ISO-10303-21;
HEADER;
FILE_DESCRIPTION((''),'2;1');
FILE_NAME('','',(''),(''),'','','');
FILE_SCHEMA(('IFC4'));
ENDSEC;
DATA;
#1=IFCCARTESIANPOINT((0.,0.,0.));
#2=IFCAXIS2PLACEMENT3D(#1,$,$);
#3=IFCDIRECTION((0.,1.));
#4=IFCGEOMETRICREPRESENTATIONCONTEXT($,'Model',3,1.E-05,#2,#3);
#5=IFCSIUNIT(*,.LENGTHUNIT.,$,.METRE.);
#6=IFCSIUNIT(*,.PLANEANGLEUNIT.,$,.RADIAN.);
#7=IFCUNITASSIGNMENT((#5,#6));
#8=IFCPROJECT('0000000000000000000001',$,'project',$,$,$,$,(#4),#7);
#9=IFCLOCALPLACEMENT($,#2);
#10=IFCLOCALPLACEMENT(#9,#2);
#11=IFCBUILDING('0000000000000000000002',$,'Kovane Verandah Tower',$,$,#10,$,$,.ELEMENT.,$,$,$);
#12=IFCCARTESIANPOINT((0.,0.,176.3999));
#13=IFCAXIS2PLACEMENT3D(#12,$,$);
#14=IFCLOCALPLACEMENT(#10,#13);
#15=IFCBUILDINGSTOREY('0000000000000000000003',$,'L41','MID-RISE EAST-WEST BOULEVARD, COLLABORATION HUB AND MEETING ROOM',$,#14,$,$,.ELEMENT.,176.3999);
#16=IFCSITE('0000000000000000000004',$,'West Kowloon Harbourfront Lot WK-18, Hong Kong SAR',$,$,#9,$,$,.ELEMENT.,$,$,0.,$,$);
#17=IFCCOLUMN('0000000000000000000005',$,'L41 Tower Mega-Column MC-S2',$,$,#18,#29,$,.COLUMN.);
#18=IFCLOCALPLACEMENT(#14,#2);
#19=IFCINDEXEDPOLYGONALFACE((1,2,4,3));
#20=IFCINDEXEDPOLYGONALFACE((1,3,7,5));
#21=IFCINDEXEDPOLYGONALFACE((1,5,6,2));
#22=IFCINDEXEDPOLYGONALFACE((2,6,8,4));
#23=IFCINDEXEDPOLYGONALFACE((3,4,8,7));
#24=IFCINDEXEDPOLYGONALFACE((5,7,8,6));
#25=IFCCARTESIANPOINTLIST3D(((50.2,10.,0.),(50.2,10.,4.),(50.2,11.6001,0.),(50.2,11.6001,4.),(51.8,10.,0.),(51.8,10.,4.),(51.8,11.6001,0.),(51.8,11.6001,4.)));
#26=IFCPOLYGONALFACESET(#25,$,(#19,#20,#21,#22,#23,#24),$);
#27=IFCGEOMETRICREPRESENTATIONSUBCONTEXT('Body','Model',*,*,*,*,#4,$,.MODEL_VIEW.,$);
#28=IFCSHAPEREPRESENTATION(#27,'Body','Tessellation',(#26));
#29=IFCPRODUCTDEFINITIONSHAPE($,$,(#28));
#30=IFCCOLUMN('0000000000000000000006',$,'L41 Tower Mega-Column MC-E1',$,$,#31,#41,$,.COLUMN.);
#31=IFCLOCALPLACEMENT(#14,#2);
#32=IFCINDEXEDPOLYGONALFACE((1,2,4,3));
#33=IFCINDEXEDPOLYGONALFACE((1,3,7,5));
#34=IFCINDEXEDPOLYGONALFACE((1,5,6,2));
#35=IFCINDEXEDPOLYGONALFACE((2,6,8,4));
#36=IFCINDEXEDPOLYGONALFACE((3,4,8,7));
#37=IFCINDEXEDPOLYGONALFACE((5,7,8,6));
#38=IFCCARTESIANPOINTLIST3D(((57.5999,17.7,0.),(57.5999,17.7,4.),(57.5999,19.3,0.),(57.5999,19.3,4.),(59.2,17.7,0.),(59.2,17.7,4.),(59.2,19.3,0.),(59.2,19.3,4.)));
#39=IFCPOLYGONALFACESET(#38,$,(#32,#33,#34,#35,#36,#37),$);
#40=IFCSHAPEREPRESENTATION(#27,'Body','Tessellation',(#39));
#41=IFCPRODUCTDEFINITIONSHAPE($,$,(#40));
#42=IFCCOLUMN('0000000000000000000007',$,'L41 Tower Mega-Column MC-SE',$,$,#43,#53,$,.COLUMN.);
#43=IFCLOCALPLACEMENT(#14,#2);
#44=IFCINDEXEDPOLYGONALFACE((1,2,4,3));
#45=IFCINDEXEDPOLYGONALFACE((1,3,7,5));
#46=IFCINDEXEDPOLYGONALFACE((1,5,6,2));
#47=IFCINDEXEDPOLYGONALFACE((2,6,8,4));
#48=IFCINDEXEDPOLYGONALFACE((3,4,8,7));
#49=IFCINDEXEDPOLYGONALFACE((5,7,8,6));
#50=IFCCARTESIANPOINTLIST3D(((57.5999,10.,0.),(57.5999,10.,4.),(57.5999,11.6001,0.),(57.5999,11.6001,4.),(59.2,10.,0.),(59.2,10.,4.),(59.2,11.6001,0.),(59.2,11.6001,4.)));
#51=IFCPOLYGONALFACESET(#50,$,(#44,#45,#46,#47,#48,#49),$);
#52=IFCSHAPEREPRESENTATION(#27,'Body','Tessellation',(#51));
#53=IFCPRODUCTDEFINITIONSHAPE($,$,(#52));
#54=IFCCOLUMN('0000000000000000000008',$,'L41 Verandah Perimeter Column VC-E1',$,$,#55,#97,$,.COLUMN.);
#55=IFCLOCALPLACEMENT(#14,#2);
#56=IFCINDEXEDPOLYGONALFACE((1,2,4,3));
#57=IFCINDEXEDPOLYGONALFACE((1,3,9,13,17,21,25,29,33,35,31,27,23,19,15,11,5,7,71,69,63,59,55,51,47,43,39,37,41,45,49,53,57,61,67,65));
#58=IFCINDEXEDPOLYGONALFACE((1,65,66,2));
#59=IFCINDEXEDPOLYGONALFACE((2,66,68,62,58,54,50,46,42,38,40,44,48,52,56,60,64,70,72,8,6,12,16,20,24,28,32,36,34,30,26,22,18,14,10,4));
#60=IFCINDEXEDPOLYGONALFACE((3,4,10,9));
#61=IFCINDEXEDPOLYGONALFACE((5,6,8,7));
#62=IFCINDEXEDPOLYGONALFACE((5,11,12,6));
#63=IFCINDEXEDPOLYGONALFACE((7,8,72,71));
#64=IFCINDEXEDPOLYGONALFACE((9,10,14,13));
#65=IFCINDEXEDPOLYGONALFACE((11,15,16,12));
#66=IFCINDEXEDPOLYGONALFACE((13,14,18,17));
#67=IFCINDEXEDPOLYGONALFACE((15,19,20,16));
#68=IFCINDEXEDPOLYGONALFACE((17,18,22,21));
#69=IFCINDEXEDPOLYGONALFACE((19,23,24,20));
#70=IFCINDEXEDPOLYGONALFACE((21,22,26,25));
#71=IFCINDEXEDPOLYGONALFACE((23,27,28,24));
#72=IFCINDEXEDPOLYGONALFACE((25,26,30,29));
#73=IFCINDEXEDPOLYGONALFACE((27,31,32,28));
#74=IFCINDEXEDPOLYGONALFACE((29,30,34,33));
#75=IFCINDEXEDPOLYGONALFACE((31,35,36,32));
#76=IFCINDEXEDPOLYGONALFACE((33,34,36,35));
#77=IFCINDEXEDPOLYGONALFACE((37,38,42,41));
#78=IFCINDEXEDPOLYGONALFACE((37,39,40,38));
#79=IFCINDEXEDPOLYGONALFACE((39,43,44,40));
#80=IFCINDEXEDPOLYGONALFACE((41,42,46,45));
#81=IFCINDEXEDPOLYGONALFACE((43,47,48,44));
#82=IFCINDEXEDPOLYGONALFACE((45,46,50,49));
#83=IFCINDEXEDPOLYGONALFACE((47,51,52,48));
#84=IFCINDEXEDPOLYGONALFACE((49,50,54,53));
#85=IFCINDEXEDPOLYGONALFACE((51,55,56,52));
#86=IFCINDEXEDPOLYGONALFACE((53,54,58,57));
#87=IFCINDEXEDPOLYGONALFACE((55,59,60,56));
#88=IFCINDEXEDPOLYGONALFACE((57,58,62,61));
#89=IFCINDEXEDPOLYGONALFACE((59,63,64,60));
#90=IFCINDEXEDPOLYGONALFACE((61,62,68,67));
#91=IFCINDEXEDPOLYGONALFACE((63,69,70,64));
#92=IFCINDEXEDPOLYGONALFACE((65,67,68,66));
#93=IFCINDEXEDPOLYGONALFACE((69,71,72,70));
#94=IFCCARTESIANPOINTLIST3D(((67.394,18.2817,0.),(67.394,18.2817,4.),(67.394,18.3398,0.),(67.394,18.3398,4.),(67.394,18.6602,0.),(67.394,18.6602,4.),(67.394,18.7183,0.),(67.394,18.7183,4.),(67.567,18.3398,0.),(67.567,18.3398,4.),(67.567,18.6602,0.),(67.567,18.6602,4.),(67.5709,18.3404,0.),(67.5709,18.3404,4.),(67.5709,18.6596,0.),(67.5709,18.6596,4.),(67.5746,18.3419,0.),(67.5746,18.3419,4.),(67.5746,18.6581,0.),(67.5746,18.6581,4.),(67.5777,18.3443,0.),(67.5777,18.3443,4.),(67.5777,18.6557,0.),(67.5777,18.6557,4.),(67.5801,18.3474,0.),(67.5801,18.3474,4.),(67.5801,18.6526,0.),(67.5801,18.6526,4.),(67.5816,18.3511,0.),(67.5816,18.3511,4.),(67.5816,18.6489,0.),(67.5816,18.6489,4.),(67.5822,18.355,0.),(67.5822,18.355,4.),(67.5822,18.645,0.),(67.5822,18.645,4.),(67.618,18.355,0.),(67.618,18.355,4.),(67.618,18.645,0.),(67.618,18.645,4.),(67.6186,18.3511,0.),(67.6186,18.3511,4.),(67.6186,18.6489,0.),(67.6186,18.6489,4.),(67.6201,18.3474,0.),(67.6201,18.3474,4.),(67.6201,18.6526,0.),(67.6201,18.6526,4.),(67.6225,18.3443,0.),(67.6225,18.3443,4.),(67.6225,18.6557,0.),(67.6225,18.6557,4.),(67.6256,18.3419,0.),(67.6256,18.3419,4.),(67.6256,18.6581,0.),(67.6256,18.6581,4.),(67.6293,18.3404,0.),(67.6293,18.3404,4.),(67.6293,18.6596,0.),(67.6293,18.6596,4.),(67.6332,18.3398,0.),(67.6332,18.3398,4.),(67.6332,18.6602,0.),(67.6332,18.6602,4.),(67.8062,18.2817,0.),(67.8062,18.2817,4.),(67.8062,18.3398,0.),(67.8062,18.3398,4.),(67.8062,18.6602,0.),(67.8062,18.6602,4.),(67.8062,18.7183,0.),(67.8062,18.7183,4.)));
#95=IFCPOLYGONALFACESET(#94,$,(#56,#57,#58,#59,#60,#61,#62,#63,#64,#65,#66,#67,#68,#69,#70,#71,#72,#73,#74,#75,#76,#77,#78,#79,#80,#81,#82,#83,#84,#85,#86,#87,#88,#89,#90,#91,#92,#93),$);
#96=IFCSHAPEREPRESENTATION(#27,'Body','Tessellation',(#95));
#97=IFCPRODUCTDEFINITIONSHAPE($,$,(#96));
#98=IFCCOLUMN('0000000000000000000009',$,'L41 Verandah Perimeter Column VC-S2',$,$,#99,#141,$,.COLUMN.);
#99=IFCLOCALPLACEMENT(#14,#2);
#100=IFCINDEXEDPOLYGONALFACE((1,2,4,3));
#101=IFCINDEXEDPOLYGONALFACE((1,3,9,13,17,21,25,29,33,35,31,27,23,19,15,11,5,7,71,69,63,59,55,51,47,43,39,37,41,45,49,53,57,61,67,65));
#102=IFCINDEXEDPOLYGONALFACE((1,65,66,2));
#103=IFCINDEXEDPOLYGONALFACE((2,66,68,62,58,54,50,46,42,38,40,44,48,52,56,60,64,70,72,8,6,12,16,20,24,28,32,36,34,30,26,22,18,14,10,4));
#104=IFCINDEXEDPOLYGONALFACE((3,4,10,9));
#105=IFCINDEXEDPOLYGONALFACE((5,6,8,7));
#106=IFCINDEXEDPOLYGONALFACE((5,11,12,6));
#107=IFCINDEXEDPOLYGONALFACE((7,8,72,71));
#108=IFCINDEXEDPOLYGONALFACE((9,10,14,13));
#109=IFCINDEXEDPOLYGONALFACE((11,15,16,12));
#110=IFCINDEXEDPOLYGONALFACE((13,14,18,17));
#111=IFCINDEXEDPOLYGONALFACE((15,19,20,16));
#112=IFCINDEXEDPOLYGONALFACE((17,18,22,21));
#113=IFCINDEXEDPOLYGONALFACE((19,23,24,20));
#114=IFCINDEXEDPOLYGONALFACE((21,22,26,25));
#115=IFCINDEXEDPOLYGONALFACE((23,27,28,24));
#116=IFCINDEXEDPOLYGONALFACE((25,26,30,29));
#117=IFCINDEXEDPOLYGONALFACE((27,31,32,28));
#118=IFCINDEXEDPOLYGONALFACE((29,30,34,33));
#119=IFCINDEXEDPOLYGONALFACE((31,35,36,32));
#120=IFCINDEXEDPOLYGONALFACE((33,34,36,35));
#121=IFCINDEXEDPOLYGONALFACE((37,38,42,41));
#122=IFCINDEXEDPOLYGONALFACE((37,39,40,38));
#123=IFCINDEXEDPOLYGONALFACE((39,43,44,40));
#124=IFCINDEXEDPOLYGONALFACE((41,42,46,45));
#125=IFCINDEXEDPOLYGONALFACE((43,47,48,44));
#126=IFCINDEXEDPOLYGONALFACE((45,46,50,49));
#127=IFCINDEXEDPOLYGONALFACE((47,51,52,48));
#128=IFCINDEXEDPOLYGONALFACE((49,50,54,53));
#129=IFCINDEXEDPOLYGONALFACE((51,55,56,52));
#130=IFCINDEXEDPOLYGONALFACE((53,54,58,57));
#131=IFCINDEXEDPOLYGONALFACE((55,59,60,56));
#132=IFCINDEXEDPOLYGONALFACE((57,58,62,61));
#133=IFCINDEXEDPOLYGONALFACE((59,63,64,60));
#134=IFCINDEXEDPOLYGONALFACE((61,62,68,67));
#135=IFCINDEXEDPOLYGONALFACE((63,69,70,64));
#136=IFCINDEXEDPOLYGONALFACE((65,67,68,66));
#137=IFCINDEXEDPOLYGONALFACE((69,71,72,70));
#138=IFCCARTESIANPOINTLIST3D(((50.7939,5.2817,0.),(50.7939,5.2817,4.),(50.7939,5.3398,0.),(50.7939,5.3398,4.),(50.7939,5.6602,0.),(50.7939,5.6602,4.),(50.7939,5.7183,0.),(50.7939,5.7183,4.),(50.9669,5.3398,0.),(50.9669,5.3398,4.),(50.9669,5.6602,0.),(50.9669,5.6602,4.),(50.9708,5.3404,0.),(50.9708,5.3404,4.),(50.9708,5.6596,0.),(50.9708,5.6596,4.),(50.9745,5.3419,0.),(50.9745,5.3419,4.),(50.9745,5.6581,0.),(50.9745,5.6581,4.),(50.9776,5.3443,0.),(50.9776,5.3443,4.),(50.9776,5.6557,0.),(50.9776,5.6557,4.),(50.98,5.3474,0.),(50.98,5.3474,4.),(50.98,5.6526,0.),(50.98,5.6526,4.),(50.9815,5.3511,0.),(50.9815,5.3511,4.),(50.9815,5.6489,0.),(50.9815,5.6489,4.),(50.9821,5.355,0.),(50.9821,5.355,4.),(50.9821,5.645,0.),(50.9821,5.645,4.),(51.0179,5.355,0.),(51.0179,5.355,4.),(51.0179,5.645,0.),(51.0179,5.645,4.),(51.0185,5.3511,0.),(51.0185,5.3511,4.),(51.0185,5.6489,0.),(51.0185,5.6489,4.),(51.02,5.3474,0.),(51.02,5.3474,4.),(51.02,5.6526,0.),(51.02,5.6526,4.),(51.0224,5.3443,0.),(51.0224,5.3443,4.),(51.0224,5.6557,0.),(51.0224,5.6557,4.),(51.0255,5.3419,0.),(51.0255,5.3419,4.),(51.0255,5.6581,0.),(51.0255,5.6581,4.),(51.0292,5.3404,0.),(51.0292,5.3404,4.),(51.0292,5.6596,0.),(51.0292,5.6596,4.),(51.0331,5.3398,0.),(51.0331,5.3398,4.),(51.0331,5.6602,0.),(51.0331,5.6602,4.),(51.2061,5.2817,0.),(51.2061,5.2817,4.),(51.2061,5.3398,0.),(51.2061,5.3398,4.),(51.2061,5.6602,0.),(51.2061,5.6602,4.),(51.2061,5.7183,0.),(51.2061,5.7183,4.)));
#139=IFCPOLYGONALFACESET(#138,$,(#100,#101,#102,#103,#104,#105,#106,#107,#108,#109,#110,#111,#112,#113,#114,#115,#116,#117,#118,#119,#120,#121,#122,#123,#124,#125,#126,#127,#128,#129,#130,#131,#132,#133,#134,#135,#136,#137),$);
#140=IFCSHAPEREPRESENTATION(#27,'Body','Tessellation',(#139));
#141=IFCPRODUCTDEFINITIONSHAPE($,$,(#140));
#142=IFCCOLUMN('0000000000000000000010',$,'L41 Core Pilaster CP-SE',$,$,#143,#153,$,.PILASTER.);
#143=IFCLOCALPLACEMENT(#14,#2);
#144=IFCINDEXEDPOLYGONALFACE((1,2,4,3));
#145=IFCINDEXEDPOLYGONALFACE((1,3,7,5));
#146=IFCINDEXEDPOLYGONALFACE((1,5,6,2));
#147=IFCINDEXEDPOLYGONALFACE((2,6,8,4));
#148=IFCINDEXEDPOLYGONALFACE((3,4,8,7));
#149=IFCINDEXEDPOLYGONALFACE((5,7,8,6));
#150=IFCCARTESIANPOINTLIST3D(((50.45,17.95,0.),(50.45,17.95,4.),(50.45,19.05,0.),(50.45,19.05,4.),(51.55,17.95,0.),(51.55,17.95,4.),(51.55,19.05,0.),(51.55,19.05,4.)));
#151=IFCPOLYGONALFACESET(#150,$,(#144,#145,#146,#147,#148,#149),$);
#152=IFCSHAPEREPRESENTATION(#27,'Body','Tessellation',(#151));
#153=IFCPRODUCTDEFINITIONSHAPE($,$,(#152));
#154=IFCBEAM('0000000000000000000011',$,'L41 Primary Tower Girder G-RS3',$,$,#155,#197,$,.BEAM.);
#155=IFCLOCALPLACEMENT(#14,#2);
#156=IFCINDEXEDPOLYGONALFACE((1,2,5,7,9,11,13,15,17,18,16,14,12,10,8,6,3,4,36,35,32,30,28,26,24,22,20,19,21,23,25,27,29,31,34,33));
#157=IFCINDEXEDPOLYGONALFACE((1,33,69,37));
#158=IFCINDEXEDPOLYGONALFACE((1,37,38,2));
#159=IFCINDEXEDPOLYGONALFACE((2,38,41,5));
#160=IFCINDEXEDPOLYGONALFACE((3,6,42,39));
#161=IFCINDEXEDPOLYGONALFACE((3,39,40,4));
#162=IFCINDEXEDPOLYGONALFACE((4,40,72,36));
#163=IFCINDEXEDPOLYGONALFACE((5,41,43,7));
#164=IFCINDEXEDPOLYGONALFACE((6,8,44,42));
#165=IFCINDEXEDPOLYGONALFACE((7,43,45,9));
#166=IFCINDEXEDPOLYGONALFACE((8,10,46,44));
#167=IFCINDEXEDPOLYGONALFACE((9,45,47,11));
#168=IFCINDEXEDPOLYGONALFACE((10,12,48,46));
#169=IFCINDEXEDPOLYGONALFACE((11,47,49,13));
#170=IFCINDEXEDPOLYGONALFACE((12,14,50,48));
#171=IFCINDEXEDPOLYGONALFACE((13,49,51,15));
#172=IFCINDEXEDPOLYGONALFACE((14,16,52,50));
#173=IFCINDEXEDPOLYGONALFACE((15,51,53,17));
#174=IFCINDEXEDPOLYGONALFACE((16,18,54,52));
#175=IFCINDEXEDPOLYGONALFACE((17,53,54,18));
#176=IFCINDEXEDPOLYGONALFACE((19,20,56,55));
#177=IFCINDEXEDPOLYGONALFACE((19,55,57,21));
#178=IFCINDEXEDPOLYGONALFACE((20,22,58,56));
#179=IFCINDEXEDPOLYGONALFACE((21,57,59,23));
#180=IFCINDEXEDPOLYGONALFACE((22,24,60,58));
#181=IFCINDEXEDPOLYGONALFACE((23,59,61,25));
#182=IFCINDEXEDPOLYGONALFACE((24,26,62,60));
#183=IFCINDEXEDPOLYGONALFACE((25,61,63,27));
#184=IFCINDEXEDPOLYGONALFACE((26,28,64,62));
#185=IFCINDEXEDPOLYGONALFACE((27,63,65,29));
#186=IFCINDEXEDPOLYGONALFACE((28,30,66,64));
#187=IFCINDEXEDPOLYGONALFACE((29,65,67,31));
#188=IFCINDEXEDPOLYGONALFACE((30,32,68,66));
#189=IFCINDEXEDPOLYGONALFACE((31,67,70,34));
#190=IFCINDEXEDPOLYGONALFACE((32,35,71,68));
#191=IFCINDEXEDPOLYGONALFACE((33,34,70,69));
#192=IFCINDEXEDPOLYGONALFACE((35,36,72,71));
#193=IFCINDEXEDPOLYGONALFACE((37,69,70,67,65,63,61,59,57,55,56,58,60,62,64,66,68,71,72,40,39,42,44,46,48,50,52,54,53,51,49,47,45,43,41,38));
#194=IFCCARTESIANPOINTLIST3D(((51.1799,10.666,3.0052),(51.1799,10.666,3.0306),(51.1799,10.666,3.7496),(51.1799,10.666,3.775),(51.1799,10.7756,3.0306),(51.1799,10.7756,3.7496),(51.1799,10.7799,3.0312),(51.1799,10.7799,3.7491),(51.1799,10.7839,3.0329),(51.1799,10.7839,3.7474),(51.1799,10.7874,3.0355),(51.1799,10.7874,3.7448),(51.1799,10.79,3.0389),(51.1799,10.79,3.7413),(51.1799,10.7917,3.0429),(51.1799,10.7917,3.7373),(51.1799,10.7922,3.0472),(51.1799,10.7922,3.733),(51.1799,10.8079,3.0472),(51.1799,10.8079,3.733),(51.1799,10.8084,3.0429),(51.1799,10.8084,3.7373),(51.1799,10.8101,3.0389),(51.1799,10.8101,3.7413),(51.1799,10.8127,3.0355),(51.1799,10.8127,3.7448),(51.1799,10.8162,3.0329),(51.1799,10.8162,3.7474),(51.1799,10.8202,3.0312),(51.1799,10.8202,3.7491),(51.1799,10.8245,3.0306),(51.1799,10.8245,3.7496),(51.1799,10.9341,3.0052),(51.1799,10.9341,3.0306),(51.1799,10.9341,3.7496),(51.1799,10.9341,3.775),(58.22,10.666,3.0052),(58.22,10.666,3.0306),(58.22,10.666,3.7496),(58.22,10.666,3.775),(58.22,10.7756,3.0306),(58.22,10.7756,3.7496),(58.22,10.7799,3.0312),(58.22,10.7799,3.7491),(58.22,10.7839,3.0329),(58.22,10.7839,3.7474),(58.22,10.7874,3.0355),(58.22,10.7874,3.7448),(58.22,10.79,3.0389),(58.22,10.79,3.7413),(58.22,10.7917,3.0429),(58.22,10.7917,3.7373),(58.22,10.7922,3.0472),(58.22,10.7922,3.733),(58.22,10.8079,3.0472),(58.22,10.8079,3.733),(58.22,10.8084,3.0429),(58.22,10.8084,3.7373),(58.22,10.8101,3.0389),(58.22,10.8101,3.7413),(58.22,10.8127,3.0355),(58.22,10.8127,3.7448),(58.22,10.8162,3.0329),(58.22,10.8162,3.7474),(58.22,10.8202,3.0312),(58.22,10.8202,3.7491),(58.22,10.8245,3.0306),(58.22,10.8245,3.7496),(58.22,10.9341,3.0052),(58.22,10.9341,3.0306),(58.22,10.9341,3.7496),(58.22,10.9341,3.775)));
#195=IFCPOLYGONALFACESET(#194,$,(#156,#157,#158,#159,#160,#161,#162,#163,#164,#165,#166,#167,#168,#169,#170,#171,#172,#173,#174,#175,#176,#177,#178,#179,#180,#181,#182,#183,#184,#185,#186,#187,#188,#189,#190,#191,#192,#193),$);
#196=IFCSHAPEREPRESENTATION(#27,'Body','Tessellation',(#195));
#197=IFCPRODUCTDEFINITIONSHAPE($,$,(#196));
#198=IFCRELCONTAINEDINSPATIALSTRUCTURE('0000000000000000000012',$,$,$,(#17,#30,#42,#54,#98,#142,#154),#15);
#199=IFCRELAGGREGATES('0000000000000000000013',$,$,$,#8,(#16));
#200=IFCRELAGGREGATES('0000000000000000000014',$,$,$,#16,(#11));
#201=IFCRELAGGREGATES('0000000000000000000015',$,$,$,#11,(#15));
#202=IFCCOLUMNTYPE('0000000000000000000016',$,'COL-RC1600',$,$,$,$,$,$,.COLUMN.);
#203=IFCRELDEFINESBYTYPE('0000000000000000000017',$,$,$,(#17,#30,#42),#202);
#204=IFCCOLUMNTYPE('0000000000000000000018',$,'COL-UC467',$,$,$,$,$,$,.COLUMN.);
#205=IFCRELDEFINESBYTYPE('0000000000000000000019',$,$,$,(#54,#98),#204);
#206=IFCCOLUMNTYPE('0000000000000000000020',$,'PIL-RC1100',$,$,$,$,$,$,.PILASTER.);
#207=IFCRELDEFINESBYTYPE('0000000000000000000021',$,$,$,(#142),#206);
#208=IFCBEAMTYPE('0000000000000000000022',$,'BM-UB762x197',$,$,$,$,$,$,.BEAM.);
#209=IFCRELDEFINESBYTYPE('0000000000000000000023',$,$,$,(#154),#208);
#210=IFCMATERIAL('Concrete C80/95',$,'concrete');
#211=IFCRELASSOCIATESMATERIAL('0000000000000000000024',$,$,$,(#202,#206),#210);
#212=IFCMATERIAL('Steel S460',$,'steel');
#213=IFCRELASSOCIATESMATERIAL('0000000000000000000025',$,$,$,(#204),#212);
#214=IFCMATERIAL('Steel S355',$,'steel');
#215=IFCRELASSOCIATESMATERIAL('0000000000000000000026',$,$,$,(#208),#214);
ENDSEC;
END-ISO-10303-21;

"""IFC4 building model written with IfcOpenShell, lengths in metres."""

from ifc_helpers import new_model, si_unit, direction, frame, origin, origin_2d, place, context, subcontext, project, spatial, rectangle, i_section, extrude, material, material_profile, profile_set, type_object, element, save


model = new_model("IFC4")

# Units and contexts
model_context = context("Model", 3, precision=1e-05, world=origin(), true_north=direction((0.0, 1.0)))
body_context = subcontext(model_context, "Body", "Model", "MODEL_VIEW")
ifc_project = project(units=[si_unit("LENGTHUNIT", "METRE"), si_unit("PLANEANGLEUNIT", "RADIAN")], contexts=[model_context])

# Site, building, storey
site_placement = place(None, origin())
site = spatial("IfcSite", under=ifc_project, at=site_placement, Name="West Kowloon Harbourfront Lot WK-18, Hong Kong SAR", CompositionType="ELEMENT", RefElevation=0.0)
building_placement = place(site_placement, origin())
building = spatial("IfcBuilding", under=site, at=building_placement, Name="Kovane Verandah Tower", CompositionType="ELEMENT")
storey_placement = place(building_placement, frame((0.0, 0.0, 176.3999)))
storey = spatial("IfcBuildingStorey", under=building, at=storey_placement, Name="L41", Description="MID-RISE EAST-WEST BOULEVARD, COLLABORATION HUB AND MEETING ROOM", CompositionType="ELEMENT", Elevation=176.3999)

# Columns
ifc_material_1 = material(Name="Concrete C80/95", Category="concrete")
ifc_material_profile_1 = material_profile(ifc_material_1, rectangle(XDim=1.6001, YDim=1.6001, at=origin_2d()), Name="RC1600x1600")
ifc_profile_set_1 = profile_set([ifc_material_profile_1], Name="Concrete C80/95")
column_type_1 = type_object("IfcColumnType", Name="COL-RC1600", PredefinedType="COLUMN", material=ifc_profile_set_1)
for number, where, z_axis, x_axis, name in (
    (1, (51.0, 10.8, 0.0), (0.0, 0.0, 1.0), (1.0, 0.0, 0.0), "L41 Tower Mega-Column MC-S2"),
    (2, (58.3999, 18.5, 0.0), (0.0, 0.0, 1.0), (1.0, 0.0, 0.0), "L41 Tower Mega-Column MC-E1"),
    (3, (58.3999, 10.8, 0.0), (0.0, 0.0, 1.0), (1.0, 0.0, 0.0), "L41 Tower Mega-Column MC-SE"),
):
    element("IfcColumn", number, at=place(storey_placement, frame(where, z_axis=z_axis, x_axis=x_axis)), inside=storey, type_object=column_type_1, Name=name, PredefinedType="COLUMN", context=body_context, shape_type="SweptSolid", body=[
        extrude(rectangle(XDim=1.6001, YDim=1.6001, at=origin_2d()), origin(), (0.0, 0.0, 1.0), 4.0),
    ])
ifc_material_2 = material(Name="Steel S460", Category="steel")
ifc_material_profile_2 = material_profile(ifc_material_2, i_section(OverallWidth=0.4121, OverallDepth=0.4365, WebThickness=0.0359, FlangeThickness=0.0581, FilletRadius=0.0151, at=origin_2d()), Name="UC356x406x467")
ifc_profile_set_2 = profile_set([ifc_material_profile_2], Name="Steel S460")
column_type_2 = type_object("IfcColumnType", Name="COL-UC467", PredefinedType="COLUMN", material=ifc_profile_set_2)
for number, where, z_axis, x_axis, name in (
    (4, (67.6001, 18.5, 0.0), (0.0, 0.0, 1.0), (1.0, 0.0, 0.0), "L41 Verandah Perimeter Column VC-E1"),
    (5, (51.0, 5.5, 0.0), (0.0, 0.0, 1.0), (1.0, 0.0, 0.0), "L41 Verandah Perimeter Column VC-S2"),
):
    element("IfcColumn", number, at=place(storey_placement, frame(where, z_axis=z_axis, x_axis=x_axis)), inside=storey, type_object=column_type_2, Name=name, PredefinedType="COLUMN", context=body_context, shape_type="SweptSolid", body=[
        extrude(i_section(OverallWidth=0.4121, OverallDepth=0.4365, WebThickness=0.0359, FlangeThickness=0.0581, FilletRadius=0.0151, at=origin_2d()), origin(), (0.0, 0.0, 1.0), 4.0),
    ])
ifc_material_profile_3 = material_profile(ifc_material_1, rectangle(XDim=1.1001, YDim=1.1001, at=origin_2d()), Name="RC1100x1100")
ifc_profile_set_3 = profile_set([ifc_material_profile_3], Name="Concrete C80/95")
column_type_3 = type_object("IfcColumnType", Name="PIL-RC1100", PredefinedType="PILASTER", material=ifc_profile_set_3)
column_placement = place(storey_placement, frame((51.0, 18.5, 0.0), z_axis=(0.0, 0.0, 1.0), x_axis=(1.0, 0.0, 0.0)))
element("IfcColumn", 6, at=column_placement, inside=storey, type_object=column_type_3, Name="L41 Core Pilaster CP-SE", PredefinedType="PILASTER", context=body_context, shape_type="SweptSolid", body=[
    extrude(rectangle(XDim=1.1001, YDim=1.1001, at=origin_2d()), origin(), (0.0, 0.0, 1.0), 4.0),
])

# Beam
ifc_material_3 = material(Name="Steel S355", Category="steel")
ifc_material_profile_4 = material_profile(ifc_material_3, i_section(OverallWidth=0.2681, OverallDepth=0.7698, WebThickness=0.0156, FlangeThickness=0.0254, FilletRadius=0.0166, at=origin_2d()), Name="UB762x267x197")
ifc_profile_set_4 = profile_set([ifc_material_profile_4], Name="Steel S355")
beam_type_1 = type_object("IfcBeamType", Name="BM-UB762x197", PredefinedType="BEAM", material=ifc_profile_set_4)
beam_1_placement = place(storey_placement, frame((51.1799, 10.8, 3.3901), z_axis=(1.0, 0.0, 0.0), x_axis=(0.0, 1.0, 0.0)))
element("IfcBeam", 7, at=beam_1_placement, inside=storey, type_object=beam_type_1, Name="L41 Primary Tower Girder G-RS3", PredefinedType="BEAM", context=body_context, shape_type="SweptSolid", body=[
    extrude(i_section(OverallWidth=0.2681, OverallDepth=0.7698, WebThickness=0.0156, FlangeThickness=0.0254, FilletRadius=0.0166, at=origin_2d()), origin(), (0.0, 0.0, 1.0), 7.04),
])

save(model, "model.ifc")
